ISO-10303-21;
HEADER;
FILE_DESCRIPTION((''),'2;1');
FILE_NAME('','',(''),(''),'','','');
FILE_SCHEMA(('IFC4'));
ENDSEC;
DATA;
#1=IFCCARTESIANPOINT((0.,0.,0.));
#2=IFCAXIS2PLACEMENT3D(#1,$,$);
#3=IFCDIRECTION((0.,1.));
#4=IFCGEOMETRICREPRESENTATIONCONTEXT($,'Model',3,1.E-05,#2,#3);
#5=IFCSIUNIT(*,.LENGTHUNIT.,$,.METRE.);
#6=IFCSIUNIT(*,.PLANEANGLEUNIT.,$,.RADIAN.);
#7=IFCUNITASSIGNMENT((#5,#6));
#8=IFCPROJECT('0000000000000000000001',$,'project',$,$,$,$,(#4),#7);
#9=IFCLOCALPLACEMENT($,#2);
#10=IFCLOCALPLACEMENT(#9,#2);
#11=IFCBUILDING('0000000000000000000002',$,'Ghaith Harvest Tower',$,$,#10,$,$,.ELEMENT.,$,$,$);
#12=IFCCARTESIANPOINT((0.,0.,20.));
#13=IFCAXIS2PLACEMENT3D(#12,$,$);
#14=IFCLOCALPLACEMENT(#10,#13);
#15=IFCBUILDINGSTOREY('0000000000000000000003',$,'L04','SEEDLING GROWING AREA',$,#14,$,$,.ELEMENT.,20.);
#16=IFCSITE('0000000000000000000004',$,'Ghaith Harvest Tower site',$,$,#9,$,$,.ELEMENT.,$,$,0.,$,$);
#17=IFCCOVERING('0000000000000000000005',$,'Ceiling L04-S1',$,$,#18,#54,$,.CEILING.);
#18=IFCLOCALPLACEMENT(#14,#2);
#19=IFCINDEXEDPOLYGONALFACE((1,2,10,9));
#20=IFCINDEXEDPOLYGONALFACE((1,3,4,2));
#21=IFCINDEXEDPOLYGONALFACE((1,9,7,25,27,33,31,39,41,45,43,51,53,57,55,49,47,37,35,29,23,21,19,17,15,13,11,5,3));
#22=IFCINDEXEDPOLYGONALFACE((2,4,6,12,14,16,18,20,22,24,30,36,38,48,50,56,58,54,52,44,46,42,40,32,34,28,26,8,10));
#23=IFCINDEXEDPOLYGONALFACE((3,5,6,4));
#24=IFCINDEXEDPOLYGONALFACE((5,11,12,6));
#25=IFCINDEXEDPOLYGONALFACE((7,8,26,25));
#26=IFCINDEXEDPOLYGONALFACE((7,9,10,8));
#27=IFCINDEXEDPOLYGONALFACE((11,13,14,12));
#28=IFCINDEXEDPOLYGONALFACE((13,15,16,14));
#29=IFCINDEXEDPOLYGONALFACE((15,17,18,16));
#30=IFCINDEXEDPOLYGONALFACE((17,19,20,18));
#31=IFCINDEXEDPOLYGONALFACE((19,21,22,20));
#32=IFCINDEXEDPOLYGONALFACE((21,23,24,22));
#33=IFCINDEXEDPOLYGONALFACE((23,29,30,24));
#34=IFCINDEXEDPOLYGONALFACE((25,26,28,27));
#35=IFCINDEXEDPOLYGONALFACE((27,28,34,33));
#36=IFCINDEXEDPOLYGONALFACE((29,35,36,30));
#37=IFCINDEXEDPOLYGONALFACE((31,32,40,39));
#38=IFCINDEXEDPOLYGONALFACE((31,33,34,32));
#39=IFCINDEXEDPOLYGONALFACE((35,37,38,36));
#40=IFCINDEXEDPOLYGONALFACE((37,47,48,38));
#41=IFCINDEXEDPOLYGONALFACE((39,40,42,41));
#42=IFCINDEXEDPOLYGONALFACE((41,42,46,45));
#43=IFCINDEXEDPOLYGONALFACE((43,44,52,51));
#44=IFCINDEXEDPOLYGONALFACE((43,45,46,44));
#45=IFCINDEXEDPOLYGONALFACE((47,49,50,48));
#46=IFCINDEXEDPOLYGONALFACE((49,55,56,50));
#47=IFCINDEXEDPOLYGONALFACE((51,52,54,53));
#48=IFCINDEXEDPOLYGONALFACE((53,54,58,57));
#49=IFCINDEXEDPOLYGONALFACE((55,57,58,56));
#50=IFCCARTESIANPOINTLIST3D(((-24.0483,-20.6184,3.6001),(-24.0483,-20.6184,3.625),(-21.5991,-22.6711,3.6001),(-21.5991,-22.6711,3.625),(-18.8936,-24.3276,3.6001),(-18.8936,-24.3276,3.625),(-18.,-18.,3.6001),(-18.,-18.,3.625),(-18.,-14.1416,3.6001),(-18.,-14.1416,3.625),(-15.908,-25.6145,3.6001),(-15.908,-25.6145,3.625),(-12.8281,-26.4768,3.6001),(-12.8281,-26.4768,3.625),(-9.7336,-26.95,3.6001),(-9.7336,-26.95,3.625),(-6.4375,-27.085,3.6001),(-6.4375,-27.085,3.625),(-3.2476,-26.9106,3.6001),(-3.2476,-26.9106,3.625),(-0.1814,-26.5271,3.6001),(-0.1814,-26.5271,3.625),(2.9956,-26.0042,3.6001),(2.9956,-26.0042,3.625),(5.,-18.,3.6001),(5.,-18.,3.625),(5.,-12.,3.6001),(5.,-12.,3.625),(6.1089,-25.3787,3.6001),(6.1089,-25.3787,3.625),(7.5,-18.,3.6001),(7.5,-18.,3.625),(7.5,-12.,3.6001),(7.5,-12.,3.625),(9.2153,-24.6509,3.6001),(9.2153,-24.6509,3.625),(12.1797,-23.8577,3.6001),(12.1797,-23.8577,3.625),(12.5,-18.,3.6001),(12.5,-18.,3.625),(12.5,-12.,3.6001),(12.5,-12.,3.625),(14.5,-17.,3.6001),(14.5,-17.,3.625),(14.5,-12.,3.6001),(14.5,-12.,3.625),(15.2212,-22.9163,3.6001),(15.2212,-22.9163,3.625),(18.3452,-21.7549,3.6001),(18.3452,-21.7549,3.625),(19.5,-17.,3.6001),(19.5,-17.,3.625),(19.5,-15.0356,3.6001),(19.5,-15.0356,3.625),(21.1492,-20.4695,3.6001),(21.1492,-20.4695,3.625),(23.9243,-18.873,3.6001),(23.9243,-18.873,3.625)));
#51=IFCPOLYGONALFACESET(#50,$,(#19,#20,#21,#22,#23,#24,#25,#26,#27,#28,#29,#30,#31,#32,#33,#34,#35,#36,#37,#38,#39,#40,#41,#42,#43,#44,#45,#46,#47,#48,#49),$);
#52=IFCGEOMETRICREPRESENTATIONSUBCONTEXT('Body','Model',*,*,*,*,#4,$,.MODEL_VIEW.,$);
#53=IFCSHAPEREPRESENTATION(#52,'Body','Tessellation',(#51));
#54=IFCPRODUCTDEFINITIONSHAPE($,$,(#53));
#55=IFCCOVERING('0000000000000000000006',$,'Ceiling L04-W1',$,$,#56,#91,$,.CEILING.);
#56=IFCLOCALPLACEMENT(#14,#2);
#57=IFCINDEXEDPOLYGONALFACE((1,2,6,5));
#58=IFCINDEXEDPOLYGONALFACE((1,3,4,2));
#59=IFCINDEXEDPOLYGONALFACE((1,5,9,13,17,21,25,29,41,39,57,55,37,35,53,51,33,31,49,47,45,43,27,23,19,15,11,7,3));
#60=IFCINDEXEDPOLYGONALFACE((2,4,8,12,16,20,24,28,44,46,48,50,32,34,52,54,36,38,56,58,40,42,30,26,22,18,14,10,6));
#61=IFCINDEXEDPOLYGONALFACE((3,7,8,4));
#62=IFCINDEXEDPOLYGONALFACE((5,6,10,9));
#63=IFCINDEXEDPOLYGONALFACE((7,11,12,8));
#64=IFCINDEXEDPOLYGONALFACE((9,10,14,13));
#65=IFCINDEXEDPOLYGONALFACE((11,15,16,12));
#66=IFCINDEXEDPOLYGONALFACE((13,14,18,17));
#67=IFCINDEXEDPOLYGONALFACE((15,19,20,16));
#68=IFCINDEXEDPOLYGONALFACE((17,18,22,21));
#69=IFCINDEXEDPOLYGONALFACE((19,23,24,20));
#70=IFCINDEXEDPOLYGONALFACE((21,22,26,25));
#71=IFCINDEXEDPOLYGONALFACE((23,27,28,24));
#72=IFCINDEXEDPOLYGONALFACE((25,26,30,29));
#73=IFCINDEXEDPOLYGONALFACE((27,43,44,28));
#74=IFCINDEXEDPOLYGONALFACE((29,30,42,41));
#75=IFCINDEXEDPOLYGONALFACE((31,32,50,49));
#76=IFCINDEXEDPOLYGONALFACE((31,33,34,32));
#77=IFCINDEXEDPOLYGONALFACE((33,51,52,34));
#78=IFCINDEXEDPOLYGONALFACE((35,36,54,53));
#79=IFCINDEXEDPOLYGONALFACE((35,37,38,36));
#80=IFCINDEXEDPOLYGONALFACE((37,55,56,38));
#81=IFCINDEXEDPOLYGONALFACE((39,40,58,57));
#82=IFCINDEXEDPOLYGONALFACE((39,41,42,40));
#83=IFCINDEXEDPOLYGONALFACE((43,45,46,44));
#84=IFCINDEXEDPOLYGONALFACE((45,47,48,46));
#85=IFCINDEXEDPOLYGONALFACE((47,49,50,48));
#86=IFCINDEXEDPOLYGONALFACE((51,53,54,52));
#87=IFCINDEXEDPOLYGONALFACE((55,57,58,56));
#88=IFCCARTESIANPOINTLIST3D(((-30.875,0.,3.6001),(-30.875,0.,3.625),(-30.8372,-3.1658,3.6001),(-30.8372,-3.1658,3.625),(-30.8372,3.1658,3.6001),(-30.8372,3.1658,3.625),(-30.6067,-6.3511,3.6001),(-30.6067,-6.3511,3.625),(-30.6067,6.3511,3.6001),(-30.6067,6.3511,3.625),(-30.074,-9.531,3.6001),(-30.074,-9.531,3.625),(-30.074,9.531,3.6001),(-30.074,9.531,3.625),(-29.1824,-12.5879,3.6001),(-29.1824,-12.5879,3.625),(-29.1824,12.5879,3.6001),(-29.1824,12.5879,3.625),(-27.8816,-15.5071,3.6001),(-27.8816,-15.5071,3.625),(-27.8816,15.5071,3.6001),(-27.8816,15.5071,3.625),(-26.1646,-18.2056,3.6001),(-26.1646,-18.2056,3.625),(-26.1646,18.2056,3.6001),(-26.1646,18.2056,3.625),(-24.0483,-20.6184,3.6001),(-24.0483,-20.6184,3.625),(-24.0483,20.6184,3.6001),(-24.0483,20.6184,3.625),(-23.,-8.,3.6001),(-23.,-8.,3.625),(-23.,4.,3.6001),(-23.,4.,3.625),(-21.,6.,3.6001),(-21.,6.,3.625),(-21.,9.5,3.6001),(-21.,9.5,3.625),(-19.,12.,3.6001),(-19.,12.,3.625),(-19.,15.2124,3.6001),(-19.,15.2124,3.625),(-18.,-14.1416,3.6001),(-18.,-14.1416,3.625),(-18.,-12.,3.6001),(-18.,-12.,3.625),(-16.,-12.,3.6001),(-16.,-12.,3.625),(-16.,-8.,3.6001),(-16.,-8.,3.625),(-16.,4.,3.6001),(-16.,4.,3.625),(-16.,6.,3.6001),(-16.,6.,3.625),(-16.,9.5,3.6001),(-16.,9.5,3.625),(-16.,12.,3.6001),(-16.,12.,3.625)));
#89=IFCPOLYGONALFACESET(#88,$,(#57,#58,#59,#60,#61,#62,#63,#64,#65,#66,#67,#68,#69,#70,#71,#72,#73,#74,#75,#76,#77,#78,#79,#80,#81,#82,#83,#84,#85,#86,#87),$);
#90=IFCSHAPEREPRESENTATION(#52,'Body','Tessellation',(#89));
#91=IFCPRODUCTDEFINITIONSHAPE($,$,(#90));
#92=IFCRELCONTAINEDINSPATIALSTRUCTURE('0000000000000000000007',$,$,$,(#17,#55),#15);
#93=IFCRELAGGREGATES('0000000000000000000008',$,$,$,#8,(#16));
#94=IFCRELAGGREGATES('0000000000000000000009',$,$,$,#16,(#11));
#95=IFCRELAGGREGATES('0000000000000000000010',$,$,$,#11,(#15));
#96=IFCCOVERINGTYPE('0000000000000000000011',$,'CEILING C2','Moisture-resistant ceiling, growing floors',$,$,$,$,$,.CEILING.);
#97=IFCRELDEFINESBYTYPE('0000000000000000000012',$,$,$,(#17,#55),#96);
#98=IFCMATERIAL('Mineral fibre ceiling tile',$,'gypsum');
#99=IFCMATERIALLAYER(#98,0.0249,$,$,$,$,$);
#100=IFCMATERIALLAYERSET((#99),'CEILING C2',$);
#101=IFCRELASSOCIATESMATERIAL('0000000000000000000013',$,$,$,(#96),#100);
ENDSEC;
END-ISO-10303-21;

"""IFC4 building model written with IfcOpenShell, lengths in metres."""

from ifc_helpers import new_model, si_unit, direction, frame, origin, place, context, subcontext, project, spatial, polyline, outline, extrude, material, layer, layer_set, type_object, element, save


model = new_model("IFC4")

# Units and contexts
model_context = context("Model", 3, precision=1e-05, world=origin(), true_north=direction((0.0, 1.0)))
body_context = subcontext(model_context, "Body", "Model", "MODEL_VIEW")
ifc_project = project(units=[si_unit("LENGTHUNIT", "METRE"), si_unit("PLANEANGLEUNIT", "RADIAN")], contexts=[model_context])

# Site, building, storey
site_placement = place(None, origin())
site = spatial("IfcSite", under=ifc_project, at=site_placement, Name="Ghaith Harvest Tower site", CompositionType="ELEMENT", RefElevation=0.0)
building_placement = place(site_placement, origin())
building = spatial("IfcBuilding", under=site, at=building_placement, Name="Ghaith Harvest Tower", CompositionType="ELEMENT")
storey_placement = place(building_placement, frame((0.0, 0.0, 20.0)))
storey = spatial("IfcBuildingStorey", under=building, at=storey_placement, Name="L04", Description="SEEDLING GROWING AREA", CompositionType="ELEMENT", Elevation=20.0)

# Coverings
ifc_material_1 = material(Name="Mineral fibre ceiling tile", Category="gypsum")
ifc_layer_1 = layer(ifc_material_1, 0.0249)
ifc_layer_set_1 = layer_set([ifc_layer_1], Name="CEILING C2")
covering_type = type_object("IfcCoveringType", Name="CEILING C2", Description="Moisture-resistant ceiling, growing floors", PredefinedType="CEILING", material=ifc_layer_set_1)
covering_1_placement = place(storey_placement, frame((0.0, 0.0, 3.6001)))
element("IfcCovering", 1, at=covering_1_placement, inside=storey, type_object=covering_type, Name="Ceiling L04-S1", PredefinedType="CEILING", context=body_context, shape_type="SweptSolid", body=[
    extrude(outline(polyline([(-18.8936, -24.3276), (-21.5991, -22.6711), (-24.0483, -20.6184), (-18.0, -14.1416), (-18.0, -18.0), (5.0, -18.0), (5.0, -12.0), (7.5, -12.0), (7.5, -18.0), (12.5, -18.0), (12.5, -12.0), (14.5, -12.0), (14.5, -17.0), (19.5, -17.0), (19.5, -15.0356), (23.9243, -18.873), (21.1492, -20.4695), (18.3452, -21.7549), (15.2212, -22.9163), (12.1797, -23.8577), (9.2153, -24.6509), (6.1089, -25.3787), (2.9956, -26.0042), (-0.1814, -26.5271), (-3.2476, -26.9106), (-6.4375, -27.085), (-9.7336, -26.95), (-12.8281, -26.4768), (-15.908, -25.6145), (-18.8936, -24.3276)])), origin(), (0.0, 0.0, 1.0), 0.0249),
])
covering_2_placement = place(storey_placement, frame((0.0, 0.0, 3.6001)))
element("IfcCovering", 2, at=covering_2_placement, inside=storey, type_object=covering_type, Name="Ceiling L04-W1", PredefinedType="CEILING", context=body_context, shape_type="SweptSolid", body=[
    extrude(outline(polyline([(-26.1646, -18.2056), (-27.8816, -15.5071), (-29.1824, -12.5879), (-30.074, -9.531), (-30.6067, -6.3511), (-30.8372, -3.1658), (-30.875, 0.0), (-30.8372, 3.1658), (-30.6067, 6.3511), (-30.074, 9.531), (-29.1824, 12.5879), (-27.8816, 15.5071), (-26.1646, 18.2056), (-24.0483, 20.6184), (-19.0, 15.2124), (-19.0, 12.0), (-16.0, 12.0), (-16.0, 9.5), (-21.0, 9.5), (-21.0, 6.0), (-16.0, 6.0), (-16.0, 4.0), (-23.0, 4.0), (-23.0, -8.0), (-16.0, -8.0), (-16.0, -12.0), (-18.0, -12.0), (-18.0, -14.1416), (-24.0483, -20.6184), (-26.1646, -18.2056)])), origin(), (0.0, 0.0, 1.0), 0.0249),
])

save(model, "model.ifc")
